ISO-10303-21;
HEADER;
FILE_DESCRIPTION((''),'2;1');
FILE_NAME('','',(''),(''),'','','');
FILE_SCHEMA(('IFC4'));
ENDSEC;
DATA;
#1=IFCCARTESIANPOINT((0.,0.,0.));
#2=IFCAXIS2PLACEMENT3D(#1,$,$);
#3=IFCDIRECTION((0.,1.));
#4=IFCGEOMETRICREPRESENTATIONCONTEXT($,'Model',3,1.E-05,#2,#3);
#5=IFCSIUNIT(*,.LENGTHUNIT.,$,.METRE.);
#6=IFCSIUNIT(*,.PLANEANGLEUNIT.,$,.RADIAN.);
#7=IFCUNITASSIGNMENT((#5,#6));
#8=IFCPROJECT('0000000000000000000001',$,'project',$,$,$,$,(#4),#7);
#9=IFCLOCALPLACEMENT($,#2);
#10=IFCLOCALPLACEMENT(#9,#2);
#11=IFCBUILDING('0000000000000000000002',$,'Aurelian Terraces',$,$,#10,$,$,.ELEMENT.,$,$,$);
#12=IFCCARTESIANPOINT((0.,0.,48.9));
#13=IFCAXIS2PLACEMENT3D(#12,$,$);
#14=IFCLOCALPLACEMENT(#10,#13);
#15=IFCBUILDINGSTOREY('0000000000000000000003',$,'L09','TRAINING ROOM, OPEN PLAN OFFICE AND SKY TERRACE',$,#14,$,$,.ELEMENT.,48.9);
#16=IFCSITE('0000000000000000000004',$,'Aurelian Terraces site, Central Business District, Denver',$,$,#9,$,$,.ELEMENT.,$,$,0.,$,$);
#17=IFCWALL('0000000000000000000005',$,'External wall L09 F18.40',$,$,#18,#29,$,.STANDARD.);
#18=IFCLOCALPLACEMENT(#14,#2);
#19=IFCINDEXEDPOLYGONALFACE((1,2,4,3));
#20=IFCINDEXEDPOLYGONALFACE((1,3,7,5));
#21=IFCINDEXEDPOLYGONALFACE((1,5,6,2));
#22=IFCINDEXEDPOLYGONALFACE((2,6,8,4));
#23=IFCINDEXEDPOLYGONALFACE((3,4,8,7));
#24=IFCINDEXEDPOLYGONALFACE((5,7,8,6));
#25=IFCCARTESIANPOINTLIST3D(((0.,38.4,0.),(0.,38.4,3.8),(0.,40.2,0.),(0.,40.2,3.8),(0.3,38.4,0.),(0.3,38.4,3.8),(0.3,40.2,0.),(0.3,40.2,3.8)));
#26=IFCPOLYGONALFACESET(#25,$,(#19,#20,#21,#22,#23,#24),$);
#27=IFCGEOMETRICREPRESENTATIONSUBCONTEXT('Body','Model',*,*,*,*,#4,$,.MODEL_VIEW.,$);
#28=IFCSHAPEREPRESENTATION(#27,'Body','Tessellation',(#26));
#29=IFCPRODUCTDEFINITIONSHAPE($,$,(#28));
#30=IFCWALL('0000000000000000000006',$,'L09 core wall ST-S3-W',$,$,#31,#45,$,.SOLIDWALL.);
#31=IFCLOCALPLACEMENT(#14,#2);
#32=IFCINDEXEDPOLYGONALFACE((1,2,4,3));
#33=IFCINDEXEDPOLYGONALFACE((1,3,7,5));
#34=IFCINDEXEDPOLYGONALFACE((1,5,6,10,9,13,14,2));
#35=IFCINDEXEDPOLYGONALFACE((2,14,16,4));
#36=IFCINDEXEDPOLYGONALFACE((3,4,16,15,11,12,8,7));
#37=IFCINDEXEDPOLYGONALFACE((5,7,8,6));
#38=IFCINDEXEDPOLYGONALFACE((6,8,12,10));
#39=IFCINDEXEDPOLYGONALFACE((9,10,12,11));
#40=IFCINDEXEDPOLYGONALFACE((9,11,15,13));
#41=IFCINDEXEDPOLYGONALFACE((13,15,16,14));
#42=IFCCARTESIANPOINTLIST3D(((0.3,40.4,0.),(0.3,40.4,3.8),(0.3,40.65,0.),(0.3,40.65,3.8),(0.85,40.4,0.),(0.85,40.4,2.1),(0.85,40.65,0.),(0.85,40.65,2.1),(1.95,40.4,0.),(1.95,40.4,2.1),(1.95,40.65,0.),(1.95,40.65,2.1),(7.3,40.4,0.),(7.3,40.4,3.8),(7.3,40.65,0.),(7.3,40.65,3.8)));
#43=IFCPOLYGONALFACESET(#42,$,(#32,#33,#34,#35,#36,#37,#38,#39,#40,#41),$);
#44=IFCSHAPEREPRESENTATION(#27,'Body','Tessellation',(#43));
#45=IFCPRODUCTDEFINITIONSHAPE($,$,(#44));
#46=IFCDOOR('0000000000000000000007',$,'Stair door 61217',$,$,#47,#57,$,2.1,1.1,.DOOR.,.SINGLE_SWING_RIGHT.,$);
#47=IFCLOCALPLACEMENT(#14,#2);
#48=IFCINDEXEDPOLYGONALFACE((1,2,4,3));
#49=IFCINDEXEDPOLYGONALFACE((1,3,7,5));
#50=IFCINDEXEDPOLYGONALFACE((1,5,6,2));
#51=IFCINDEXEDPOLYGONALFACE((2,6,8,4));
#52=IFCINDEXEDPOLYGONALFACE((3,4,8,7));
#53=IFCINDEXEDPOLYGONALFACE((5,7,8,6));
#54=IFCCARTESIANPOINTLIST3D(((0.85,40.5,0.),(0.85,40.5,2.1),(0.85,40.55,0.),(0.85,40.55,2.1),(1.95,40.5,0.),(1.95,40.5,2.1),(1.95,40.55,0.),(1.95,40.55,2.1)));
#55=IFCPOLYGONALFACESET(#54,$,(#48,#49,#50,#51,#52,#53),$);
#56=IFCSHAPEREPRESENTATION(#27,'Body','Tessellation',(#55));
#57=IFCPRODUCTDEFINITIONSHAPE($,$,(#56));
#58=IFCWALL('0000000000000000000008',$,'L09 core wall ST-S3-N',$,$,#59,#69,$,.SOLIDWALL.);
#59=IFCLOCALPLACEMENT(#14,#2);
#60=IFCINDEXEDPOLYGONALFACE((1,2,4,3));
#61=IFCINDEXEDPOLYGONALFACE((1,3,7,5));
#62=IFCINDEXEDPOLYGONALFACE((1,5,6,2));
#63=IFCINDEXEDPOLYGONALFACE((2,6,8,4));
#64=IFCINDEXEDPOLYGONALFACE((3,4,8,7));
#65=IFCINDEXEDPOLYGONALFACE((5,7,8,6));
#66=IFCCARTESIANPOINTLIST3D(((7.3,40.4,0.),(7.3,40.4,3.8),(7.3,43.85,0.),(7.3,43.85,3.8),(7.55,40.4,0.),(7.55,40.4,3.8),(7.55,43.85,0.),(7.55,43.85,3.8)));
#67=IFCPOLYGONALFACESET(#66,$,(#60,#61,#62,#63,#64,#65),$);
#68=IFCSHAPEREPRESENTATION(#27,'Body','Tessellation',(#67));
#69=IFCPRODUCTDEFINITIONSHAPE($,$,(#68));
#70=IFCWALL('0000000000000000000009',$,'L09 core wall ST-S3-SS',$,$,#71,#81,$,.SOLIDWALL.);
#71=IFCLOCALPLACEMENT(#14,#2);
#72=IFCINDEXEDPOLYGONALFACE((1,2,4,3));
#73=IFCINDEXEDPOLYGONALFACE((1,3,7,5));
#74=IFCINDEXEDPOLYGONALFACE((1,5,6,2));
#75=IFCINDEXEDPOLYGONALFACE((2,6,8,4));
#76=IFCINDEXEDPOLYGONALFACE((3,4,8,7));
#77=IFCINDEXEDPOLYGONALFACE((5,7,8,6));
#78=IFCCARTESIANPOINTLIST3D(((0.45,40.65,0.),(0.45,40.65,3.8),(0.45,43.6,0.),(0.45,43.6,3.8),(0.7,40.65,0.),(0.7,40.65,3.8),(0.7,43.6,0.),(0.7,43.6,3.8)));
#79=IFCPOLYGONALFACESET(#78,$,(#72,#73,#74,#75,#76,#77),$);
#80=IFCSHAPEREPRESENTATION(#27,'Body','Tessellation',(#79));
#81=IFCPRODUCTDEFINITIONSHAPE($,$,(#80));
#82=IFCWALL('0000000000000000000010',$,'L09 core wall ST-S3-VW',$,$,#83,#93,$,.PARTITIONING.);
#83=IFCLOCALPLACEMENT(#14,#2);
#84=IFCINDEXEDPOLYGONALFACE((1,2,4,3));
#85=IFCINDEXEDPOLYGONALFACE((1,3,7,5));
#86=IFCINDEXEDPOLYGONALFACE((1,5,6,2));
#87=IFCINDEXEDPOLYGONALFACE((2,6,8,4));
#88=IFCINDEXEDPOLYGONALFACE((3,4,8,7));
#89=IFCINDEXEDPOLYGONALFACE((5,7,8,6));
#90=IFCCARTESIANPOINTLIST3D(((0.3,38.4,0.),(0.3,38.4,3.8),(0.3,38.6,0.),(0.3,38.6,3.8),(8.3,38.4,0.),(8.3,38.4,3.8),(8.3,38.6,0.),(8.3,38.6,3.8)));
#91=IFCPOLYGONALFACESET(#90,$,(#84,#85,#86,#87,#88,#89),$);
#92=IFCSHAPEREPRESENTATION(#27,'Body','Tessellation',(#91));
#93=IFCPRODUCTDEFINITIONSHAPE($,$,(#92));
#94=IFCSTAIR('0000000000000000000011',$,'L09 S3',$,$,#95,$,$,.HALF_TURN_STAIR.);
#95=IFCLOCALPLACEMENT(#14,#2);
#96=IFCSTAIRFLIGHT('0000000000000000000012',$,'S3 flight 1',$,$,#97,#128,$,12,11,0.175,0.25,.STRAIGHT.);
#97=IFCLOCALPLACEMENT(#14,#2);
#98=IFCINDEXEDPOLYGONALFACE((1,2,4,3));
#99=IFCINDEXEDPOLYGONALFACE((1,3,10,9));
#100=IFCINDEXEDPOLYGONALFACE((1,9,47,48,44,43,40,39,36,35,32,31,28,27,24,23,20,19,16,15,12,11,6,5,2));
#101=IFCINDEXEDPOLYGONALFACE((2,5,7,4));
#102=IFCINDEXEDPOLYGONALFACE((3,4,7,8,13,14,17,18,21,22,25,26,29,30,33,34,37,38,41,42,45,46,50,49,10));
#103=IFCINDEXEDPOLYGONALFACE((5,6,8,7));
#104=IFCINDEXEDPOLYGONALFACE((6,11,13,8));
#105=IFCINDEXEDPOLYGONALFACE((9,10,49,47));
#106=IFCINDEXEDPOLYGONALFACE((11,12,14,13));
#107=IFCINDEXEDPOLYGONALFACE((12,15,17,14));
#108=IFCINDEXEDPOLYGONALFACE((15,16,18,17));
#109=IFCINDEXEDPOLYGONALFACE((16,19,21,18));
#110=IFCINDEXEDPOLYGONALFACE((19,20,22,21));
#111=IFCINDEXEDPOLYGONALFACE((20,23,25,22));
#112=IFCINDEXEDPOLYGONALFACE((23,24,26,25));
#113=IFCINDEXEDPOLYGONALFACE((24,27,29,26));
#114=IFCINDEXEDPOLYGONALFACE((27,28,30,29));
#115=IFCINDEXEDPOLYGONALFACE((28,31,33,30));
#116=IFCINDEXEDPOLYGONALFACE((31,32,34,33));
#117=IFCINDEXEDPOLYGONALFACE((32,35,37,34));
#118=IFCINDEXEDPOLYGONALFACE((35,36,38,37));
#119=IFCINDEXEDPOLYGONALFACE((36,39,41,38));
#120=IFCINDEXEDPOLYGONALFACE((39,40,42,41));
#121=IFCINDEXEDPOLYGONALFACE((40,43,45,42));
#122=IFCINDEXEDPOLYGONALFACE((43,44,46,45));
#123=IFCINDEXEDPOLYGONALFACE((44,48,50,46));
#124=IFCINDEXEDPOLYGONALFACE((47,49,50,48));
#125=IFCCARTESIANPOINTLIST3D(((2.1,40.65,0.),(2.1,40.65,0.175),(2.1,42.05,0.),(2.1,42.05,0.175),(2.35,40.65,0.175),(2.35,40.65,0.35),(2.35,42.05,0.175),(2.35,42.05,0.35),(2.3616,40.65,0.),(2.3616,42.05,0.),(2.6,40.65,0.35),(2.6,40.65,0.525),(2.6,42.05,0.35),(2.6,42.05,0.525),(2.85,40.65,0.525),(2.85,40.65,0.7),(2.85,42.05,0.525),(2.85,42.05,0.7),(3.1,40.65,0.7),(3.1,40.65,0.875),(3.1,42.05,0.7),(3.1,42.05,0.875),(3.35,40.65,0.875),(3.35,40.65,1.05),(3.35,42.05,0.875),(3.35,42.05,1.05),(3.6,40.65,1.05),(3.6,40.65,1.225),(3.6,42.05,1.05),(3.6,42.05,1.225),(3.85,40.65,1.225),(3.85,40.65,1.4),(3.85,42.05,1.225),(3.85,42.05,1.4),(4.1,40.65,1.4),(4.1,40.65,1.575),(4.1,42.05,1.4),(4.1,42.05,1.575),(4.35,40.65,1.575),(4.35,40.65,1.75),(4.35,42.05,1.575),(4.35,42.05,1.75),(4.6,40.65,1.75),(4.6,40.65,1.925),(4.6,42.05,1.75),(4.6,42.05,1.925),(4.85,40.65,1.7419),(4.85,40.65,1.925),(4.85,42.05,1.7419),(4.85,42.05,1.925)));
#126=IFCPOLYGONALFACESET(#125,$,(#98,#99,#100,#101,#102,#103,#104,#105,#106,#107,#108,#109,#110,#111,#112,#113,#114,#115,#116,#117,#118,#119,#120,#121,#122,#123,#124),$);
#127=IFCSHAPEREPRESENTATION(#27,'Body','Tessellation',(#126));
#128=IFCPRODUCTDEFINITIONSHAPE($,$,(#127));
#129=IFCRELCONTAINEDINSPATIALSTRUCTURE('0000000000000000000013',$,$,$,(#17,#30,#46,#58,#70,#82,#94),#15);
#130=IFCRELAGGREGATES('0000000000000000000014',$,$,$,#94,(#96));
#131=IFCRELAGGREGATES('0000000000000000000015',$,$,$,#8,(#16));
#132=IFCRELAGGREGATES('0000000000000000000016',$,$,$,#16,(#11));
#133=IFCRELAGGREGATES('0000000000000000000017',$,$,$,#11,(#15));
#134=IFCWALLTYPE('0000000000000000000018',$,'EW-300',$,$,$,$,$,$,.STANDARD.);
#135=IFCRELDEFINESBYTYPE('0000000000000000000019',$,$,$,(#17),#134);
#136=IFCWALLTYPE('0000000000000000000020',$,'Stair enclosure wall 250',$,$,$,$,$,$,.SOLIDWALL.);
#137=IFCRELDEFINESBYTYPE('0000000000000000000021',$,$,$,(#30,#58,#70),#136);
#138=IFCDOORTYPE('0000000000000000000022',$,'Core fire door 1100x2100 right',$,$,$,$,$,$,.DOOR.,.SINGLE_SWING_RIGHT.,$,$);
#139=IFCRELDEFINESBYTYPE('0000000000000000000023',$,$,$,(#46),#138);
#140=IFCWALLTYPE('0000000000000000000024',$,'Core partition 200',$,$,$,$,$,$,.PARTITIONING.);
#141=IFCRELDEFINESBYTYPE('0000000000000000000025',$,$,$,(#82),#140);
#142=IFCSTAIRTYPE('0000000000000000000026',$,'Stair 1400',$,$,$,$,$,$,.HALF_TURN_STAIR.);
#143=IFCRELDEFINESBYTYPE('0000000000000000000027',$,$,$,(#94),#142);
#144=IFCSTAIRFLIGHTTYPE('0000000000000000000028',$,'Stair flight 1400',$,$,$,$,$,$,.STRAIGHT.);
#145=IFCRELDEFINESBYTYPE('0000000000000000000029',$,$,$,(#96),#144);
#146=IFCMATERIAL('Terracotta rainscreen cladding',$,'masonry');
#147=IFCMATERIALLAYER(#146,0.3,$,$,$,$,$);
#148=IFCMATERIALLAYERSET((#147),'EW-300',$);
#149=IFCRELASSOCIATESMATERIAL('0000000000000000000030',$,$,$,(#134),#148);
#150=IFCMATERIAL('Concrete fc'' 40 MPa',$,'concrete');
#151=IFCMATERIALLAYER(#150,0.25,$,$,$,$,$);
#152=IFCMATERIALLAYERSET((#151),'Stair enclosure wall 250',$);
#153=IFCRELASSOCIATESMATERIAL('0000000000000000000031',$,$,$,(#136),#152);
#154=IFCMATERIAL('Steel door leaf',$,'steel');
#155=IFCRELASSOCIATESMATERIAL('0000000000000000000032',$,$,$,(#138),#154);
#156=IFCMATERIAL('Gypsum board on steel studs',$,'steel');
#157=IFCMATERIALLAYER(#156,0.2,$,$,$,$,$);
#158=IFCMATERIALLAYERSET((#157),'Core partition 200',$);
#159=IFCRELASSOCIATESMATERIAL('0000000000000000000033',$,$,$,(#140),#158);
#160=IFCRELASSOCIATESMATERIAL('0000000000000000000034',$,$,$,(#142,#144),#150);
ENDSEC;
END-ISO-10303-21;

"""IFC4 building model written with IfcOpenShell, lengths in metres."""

from ifc_helpers import new_model, si_unit, direction, frame, frame_2d, origin, place, context, subcontext, project, spatial, polyline, rectangle, outline, extrude, source, transform, mapped, material, layer, layer_set, type_object, element, fill, aggregate, save


model = new_model("IFC4")

# Units and contexts
model_context = context("Model", 3, precision=1e-05, world=origin(), true_north=direction((0.0, 1.0)))
body_context = subcontext(model_context, "Body", "Model", "MODEL_VIEW")
ifc_project = project(units=[si_unit("LENGTHUNIT", "METRE"), si_unit("PLANEANGLEUNIT", "RADIAN")], contexts=[model_context])

# Site, building, storey
site_placement = place(None, origin())
site = spatial("IfcSite", under=ifc_project, at=site_placement, Name="Aurelian Terraces site, Central Business District, Denver", CompositionType="ELEMENT", RefElevation=0.0)
building_placement = place(site_placement, origin())
building = spatial("IfcBuilding", under=site, at=building_placement, Name="Aurelian Terraces", CompositionType="ELEMENT")
storey_placement = place(building_placement, frame((0.0, 0.0, 48.9)))
storey = spatial("IfcBuildingStorey", under=building, at=storey_placement, Name="L09", Description="TRAINING ROOM, OPEN PLAN OFFICE AND SKY TERRACE", CompositionType="ELEMENT", Elevation=48.9)

# Wall
ifc_material_1 = material(Name="Terracotta rainscreen cladding", Category="masonry")
ifc_layer_1 = layer(ifc_material_1, 0.3)
ifc_layer_set_1 = layer_set([ifc_layer_1], Name="EW-300")
wall_type_1 = type_object("IfcWallType", Name="EW-300", PredefinedType="STANDARD", material=ifc_layer_set_1)
shared_shape_1 = source(origin(), body_context, "Body", "SweptSolid", [
    extrude(rectangle(XDim=1.8, YDim=0.3, at=frame_2d((0.9, 0.0))), origin(), (0.0, 0.0, 1.0), 3.8),
])
wall_1_placement = place(storey_placement, frame((0.15, 40.2, 0.0), z_axis=(0.0, 0.0, 1.0), x_axis=(0.0, -1.0, 0.0)))
element("IfcWall", 1, at=wall_1_placement, inside=storey, type_object=wall_type_1, Name="External wall L09 F18.40", PredefinedType="STANDARD", context=body_context, shape_type="MappedRepresentation", body=[
    mapped(shared_shape_1, transform((0.0, 0.0, 0.0), scale=1.0)),
])

# Wall, opening, door
ifc_material_2 = material(Name="Concrete fc' 40 MPa", Category="concrete")
ifc_layer_2 = layer(ifc_material_2, 0.25)
ifc_layer_set_2 = layer_set([ifc_layer_2], Name="Stair enclosure wall 250")
wall_type_2 = type_object("IfcWallType", Name="Stair enclosure wall 250", PredefinedType="SOLIDWALL", material=ifc_layer_set_2)
shared_shape_2 = source(origin(), body_context, "Body", "SweptSolid", [
    extrude(rectangle(XDim=7.0, YDim=0.25, at=frame_2d((3.5, 0.0))), origin(), (0.0, 0.0, 1.0), 3.8),
])
wall_2_placement = place(storey_placement, frame((0.3, 40.525, 0.0), z_axis=(0.0, 0.0, 1.0), x_axis=(1.0, 0.0, 0.0)))
wall_2 = element("IfcWall", 2, at=wall_2_placement, inside=storey, type_object=wall_type_2, Name="L09 core wall ST-S3-W", PredefinedType="SOLIDWALL", context=body_context, shape_type="MappedRepresentation", body=[
    mapped(shared_shape_2, transform((0.0, 0.0, 0.0), scale=1.0)),
])
shared_shape_3 = source(origin(), body_context, "Body", "SweptSolid", [
    extrude(rectangle(XDim=1.1, YDim=2.1, at=frame_2d((0.55, 1.05))), frame((0.0, 0.135, 0.0), z_axis=(0.0, -1.0, 0.0), x_axis=(1.0, 0.0, 0.0)), (0.0, 0.0, 1.0), 0.27),
])
opening_placement = place(wall_2_placement, frame((0.55, 0.0, 0.0)))
opening = element("IfcOpeningElement", 3, at=opening_placement, cuts=wall_2, PredefinedType="OPENING", context=body_context, shape_type="MappedRepresentation", body=[
    mapped(shared_shape_3, transform((0.0, 0.0, 0.0), scale=1.0)),
])
ifc_material_3 = material(Name="Steel door leaf", Category="steel")
door_type = type_object("IfcDoorType", Name="Core fire door 1100x2100 right", OperationType="SINGLE_SWING_RIGHT", PredefinedType="DOOR", material=ifc_material_3)
shared_shape_4 = source(origin(), body_context, "Body", "SweptSolid", [
    extrude(rectangle(XDim=1.1, YDim=2.1, at=frame_2d((0.55, 1.05))), frame((0.0, 0.025, 0.0), z_axis=(0.0, -1.0, 0.0), x_axis=(1.0, 0.0, 0.0)), (0.0, 0.0, 1.0), 0.05),
])
door_placement = place(opening_placement, origin())
door = element("IfcDoor", 4, at=door_placement, inside=storey, type_object=door_type, Name="Stair door 61217", OperationType="SINGLE_SWING_RIGHT", OverallHeight=2.1, OverallWidth=1.1, PredefinedType="DOOR", context=body_context, shape_type="MappedRepresentation", body=[
    mapped(shared_shape_4, transform((0.0, 0.0, 0.0), scale=1.0)),
])
fill(opening, door)

# Walls
shared_shape_5 = source(origin(), body_context, "Body", "SweptSolid", [
    extrude(rectangle(XDim=3.45, YDim=0.25, at=frame_2d((1.725, 0.0))), origin(), (0.0, 0.0, 1.0), 3.8),
])
wall_3_placement = place(storey_placement, frame((7.425, 40.4, 0.0), z_axis=(0.0, 0.0, 1.0), x_axis=(0.0, 1.0, 0.0)))
element("IfcWall", 5, at=wall_3_placement, inside=storey, type_object=wall_type_2, Name="L09 core wall ST-S3-N", PredefinedType="SOLIDWALL", context=body_context, shape_type="MappedRepresentation", body=[
    mapped(shared_shape_5, transform((0.0, 0.0, 0.0), scale=1.0)),
])
shared_shape_6 = source(origin(), body_context, "Body", "SweptSolid", [
    extrude(rectangle(XDim=2.95, YDim=0.25, at=frame_2d((1.475, 0.0))), origin(), (0.0, 0.0, 1.0), 3.8),
])
wall_4_placement = place(storey_placement, frame((0.575, 40.65, 0.0), z_axis=(0.0, 0.0, 1.0), x_axis=(0.0, 1.0, 0.0)))
element("IfcWall", 6, at=wall_4_placement, inside=storey, type_object=wall_type_2, Name="L09 core wall ST-S3-SS", PredefinedType="SOLIDWALL", context=body_context, shape_type="MappedRepresentation", body=[
    mapped(shared_shape_6, transform((0.0, 0.0, 0.0), scale=1.0)),
])
ifc_material_4 = material(Name="Gypsum board on steel studs", Category="steel")
ifc_layer_3 = layer(ifc_material_4, 0.2)
ifc_layer_set_3 = layer_set([ifc_layer_3], Name="Core partition 200")
wall_type_3 = type_object("IfcWallType", Name="Core partition 200", PredefinedType="PARTITIONING", material=ifc_layer_set_3)
shared_shape_7 = source(origin(), body_context, "Body", "SweptSolid", [
    extrude(rectangle(XDim=8.0, YDim=0.2, at=frame_2d((4.0, 0.0))), origin(), (0.0, 0.0, 1.0), 3.8),
])
wall_5_placement = place(storey_placement, frame((0.3, 38.5, 0.0), z_axis=(0.0, 0.0, 1.0), x_axis=(1.0, 0.0, 0.0)))
element("IfcWall", 7, at=wall_5_placement, inside=storey, type_object=wall_type_3, Name="L09 core wall ST-S3-VW", PredefinedType="PARTITIONING", context=body_context, shape_type="MappedRepresentation", body=[
    mapped(shared_shape_7, transform((0.0, 0.0, 0.0), scale=1.0)),
])

# Stair, stair flight
stair_type = type_object("IfcStairType", Name="Stair 1400", PredefinedType="HALF_TURN_STAIR", material=ifc_material_2)
stair_placement = place(storey_placement, origin())
stair = element("IfcStair", 8, at=stair_placement, inside=storey, type_object=stair_type, Name="L09 S3", PredefinedType="HALF_TURN_STAIR")
stair_flight_type = type_object("IfcStairFlightType", Name="Stair flight 1400", PredefinedType="STRAIGHT", material=ifc_material_2)
shared_shape_8 = source(origin(), body_context, "Body", "SweptSolid", [
    extrude(outline(polyline([(0.0, 0.0), (0.0, 0.175), (0.25, 0.175), (0.25, 0.35), (0.5, 0.35), (0.5, 0.525), (0.75, 0.525), (0.75, 0.7), (1.0, 0.7), (1.0, 0.875), (1.25, 0.875), (1.25, 1.05), (1.5, 1.05), (1.5, 1.225), (1.75, 1.225), (1.75, 1.4), (2.0, 1.4), (2.0, 1.575), (2.25, 1.575), (2.25, 1.75), (2.5, 1.75), (2.5, 1.925), (2.75, 1.925), (2.75, 2.1), (2.75, 1.7419), (0.2616, 0.0), (0.0, 0.0)])), frame((0.0, 0.7, 0.0), z_axis=(0.0, -1.0, 0.0), x_axis=(1.0, 0.0, 0.0)), (0.0, 0.0, 1.0), 1.4),
])
stair_flight_placement = place(storey_placement, frame((2.1, 41.35, 0.0), z_axis=(0.0, 0.0, 1.0), x_axis=(1.0, 0.0, 0.0)))
stair_flight = element("IfcStairFlight", 9, at=stair_flight_placement, type_object=stair_flight_type, Name="S3 flight 1", NumberOfRisers=12, NumberOfTreads=11, PredefinedType="STRAIGHT", RiserHeight=0.175, TreadLength=0.25, context=body_context, shape_type="MappedRepresentation", body=[
    mapped(shared_shape_8, transform((0.0, 0.0, 0.0), scale=1.0)),
])
aggregate(stair, [stair_flight])

save(model, "model.ifc")
